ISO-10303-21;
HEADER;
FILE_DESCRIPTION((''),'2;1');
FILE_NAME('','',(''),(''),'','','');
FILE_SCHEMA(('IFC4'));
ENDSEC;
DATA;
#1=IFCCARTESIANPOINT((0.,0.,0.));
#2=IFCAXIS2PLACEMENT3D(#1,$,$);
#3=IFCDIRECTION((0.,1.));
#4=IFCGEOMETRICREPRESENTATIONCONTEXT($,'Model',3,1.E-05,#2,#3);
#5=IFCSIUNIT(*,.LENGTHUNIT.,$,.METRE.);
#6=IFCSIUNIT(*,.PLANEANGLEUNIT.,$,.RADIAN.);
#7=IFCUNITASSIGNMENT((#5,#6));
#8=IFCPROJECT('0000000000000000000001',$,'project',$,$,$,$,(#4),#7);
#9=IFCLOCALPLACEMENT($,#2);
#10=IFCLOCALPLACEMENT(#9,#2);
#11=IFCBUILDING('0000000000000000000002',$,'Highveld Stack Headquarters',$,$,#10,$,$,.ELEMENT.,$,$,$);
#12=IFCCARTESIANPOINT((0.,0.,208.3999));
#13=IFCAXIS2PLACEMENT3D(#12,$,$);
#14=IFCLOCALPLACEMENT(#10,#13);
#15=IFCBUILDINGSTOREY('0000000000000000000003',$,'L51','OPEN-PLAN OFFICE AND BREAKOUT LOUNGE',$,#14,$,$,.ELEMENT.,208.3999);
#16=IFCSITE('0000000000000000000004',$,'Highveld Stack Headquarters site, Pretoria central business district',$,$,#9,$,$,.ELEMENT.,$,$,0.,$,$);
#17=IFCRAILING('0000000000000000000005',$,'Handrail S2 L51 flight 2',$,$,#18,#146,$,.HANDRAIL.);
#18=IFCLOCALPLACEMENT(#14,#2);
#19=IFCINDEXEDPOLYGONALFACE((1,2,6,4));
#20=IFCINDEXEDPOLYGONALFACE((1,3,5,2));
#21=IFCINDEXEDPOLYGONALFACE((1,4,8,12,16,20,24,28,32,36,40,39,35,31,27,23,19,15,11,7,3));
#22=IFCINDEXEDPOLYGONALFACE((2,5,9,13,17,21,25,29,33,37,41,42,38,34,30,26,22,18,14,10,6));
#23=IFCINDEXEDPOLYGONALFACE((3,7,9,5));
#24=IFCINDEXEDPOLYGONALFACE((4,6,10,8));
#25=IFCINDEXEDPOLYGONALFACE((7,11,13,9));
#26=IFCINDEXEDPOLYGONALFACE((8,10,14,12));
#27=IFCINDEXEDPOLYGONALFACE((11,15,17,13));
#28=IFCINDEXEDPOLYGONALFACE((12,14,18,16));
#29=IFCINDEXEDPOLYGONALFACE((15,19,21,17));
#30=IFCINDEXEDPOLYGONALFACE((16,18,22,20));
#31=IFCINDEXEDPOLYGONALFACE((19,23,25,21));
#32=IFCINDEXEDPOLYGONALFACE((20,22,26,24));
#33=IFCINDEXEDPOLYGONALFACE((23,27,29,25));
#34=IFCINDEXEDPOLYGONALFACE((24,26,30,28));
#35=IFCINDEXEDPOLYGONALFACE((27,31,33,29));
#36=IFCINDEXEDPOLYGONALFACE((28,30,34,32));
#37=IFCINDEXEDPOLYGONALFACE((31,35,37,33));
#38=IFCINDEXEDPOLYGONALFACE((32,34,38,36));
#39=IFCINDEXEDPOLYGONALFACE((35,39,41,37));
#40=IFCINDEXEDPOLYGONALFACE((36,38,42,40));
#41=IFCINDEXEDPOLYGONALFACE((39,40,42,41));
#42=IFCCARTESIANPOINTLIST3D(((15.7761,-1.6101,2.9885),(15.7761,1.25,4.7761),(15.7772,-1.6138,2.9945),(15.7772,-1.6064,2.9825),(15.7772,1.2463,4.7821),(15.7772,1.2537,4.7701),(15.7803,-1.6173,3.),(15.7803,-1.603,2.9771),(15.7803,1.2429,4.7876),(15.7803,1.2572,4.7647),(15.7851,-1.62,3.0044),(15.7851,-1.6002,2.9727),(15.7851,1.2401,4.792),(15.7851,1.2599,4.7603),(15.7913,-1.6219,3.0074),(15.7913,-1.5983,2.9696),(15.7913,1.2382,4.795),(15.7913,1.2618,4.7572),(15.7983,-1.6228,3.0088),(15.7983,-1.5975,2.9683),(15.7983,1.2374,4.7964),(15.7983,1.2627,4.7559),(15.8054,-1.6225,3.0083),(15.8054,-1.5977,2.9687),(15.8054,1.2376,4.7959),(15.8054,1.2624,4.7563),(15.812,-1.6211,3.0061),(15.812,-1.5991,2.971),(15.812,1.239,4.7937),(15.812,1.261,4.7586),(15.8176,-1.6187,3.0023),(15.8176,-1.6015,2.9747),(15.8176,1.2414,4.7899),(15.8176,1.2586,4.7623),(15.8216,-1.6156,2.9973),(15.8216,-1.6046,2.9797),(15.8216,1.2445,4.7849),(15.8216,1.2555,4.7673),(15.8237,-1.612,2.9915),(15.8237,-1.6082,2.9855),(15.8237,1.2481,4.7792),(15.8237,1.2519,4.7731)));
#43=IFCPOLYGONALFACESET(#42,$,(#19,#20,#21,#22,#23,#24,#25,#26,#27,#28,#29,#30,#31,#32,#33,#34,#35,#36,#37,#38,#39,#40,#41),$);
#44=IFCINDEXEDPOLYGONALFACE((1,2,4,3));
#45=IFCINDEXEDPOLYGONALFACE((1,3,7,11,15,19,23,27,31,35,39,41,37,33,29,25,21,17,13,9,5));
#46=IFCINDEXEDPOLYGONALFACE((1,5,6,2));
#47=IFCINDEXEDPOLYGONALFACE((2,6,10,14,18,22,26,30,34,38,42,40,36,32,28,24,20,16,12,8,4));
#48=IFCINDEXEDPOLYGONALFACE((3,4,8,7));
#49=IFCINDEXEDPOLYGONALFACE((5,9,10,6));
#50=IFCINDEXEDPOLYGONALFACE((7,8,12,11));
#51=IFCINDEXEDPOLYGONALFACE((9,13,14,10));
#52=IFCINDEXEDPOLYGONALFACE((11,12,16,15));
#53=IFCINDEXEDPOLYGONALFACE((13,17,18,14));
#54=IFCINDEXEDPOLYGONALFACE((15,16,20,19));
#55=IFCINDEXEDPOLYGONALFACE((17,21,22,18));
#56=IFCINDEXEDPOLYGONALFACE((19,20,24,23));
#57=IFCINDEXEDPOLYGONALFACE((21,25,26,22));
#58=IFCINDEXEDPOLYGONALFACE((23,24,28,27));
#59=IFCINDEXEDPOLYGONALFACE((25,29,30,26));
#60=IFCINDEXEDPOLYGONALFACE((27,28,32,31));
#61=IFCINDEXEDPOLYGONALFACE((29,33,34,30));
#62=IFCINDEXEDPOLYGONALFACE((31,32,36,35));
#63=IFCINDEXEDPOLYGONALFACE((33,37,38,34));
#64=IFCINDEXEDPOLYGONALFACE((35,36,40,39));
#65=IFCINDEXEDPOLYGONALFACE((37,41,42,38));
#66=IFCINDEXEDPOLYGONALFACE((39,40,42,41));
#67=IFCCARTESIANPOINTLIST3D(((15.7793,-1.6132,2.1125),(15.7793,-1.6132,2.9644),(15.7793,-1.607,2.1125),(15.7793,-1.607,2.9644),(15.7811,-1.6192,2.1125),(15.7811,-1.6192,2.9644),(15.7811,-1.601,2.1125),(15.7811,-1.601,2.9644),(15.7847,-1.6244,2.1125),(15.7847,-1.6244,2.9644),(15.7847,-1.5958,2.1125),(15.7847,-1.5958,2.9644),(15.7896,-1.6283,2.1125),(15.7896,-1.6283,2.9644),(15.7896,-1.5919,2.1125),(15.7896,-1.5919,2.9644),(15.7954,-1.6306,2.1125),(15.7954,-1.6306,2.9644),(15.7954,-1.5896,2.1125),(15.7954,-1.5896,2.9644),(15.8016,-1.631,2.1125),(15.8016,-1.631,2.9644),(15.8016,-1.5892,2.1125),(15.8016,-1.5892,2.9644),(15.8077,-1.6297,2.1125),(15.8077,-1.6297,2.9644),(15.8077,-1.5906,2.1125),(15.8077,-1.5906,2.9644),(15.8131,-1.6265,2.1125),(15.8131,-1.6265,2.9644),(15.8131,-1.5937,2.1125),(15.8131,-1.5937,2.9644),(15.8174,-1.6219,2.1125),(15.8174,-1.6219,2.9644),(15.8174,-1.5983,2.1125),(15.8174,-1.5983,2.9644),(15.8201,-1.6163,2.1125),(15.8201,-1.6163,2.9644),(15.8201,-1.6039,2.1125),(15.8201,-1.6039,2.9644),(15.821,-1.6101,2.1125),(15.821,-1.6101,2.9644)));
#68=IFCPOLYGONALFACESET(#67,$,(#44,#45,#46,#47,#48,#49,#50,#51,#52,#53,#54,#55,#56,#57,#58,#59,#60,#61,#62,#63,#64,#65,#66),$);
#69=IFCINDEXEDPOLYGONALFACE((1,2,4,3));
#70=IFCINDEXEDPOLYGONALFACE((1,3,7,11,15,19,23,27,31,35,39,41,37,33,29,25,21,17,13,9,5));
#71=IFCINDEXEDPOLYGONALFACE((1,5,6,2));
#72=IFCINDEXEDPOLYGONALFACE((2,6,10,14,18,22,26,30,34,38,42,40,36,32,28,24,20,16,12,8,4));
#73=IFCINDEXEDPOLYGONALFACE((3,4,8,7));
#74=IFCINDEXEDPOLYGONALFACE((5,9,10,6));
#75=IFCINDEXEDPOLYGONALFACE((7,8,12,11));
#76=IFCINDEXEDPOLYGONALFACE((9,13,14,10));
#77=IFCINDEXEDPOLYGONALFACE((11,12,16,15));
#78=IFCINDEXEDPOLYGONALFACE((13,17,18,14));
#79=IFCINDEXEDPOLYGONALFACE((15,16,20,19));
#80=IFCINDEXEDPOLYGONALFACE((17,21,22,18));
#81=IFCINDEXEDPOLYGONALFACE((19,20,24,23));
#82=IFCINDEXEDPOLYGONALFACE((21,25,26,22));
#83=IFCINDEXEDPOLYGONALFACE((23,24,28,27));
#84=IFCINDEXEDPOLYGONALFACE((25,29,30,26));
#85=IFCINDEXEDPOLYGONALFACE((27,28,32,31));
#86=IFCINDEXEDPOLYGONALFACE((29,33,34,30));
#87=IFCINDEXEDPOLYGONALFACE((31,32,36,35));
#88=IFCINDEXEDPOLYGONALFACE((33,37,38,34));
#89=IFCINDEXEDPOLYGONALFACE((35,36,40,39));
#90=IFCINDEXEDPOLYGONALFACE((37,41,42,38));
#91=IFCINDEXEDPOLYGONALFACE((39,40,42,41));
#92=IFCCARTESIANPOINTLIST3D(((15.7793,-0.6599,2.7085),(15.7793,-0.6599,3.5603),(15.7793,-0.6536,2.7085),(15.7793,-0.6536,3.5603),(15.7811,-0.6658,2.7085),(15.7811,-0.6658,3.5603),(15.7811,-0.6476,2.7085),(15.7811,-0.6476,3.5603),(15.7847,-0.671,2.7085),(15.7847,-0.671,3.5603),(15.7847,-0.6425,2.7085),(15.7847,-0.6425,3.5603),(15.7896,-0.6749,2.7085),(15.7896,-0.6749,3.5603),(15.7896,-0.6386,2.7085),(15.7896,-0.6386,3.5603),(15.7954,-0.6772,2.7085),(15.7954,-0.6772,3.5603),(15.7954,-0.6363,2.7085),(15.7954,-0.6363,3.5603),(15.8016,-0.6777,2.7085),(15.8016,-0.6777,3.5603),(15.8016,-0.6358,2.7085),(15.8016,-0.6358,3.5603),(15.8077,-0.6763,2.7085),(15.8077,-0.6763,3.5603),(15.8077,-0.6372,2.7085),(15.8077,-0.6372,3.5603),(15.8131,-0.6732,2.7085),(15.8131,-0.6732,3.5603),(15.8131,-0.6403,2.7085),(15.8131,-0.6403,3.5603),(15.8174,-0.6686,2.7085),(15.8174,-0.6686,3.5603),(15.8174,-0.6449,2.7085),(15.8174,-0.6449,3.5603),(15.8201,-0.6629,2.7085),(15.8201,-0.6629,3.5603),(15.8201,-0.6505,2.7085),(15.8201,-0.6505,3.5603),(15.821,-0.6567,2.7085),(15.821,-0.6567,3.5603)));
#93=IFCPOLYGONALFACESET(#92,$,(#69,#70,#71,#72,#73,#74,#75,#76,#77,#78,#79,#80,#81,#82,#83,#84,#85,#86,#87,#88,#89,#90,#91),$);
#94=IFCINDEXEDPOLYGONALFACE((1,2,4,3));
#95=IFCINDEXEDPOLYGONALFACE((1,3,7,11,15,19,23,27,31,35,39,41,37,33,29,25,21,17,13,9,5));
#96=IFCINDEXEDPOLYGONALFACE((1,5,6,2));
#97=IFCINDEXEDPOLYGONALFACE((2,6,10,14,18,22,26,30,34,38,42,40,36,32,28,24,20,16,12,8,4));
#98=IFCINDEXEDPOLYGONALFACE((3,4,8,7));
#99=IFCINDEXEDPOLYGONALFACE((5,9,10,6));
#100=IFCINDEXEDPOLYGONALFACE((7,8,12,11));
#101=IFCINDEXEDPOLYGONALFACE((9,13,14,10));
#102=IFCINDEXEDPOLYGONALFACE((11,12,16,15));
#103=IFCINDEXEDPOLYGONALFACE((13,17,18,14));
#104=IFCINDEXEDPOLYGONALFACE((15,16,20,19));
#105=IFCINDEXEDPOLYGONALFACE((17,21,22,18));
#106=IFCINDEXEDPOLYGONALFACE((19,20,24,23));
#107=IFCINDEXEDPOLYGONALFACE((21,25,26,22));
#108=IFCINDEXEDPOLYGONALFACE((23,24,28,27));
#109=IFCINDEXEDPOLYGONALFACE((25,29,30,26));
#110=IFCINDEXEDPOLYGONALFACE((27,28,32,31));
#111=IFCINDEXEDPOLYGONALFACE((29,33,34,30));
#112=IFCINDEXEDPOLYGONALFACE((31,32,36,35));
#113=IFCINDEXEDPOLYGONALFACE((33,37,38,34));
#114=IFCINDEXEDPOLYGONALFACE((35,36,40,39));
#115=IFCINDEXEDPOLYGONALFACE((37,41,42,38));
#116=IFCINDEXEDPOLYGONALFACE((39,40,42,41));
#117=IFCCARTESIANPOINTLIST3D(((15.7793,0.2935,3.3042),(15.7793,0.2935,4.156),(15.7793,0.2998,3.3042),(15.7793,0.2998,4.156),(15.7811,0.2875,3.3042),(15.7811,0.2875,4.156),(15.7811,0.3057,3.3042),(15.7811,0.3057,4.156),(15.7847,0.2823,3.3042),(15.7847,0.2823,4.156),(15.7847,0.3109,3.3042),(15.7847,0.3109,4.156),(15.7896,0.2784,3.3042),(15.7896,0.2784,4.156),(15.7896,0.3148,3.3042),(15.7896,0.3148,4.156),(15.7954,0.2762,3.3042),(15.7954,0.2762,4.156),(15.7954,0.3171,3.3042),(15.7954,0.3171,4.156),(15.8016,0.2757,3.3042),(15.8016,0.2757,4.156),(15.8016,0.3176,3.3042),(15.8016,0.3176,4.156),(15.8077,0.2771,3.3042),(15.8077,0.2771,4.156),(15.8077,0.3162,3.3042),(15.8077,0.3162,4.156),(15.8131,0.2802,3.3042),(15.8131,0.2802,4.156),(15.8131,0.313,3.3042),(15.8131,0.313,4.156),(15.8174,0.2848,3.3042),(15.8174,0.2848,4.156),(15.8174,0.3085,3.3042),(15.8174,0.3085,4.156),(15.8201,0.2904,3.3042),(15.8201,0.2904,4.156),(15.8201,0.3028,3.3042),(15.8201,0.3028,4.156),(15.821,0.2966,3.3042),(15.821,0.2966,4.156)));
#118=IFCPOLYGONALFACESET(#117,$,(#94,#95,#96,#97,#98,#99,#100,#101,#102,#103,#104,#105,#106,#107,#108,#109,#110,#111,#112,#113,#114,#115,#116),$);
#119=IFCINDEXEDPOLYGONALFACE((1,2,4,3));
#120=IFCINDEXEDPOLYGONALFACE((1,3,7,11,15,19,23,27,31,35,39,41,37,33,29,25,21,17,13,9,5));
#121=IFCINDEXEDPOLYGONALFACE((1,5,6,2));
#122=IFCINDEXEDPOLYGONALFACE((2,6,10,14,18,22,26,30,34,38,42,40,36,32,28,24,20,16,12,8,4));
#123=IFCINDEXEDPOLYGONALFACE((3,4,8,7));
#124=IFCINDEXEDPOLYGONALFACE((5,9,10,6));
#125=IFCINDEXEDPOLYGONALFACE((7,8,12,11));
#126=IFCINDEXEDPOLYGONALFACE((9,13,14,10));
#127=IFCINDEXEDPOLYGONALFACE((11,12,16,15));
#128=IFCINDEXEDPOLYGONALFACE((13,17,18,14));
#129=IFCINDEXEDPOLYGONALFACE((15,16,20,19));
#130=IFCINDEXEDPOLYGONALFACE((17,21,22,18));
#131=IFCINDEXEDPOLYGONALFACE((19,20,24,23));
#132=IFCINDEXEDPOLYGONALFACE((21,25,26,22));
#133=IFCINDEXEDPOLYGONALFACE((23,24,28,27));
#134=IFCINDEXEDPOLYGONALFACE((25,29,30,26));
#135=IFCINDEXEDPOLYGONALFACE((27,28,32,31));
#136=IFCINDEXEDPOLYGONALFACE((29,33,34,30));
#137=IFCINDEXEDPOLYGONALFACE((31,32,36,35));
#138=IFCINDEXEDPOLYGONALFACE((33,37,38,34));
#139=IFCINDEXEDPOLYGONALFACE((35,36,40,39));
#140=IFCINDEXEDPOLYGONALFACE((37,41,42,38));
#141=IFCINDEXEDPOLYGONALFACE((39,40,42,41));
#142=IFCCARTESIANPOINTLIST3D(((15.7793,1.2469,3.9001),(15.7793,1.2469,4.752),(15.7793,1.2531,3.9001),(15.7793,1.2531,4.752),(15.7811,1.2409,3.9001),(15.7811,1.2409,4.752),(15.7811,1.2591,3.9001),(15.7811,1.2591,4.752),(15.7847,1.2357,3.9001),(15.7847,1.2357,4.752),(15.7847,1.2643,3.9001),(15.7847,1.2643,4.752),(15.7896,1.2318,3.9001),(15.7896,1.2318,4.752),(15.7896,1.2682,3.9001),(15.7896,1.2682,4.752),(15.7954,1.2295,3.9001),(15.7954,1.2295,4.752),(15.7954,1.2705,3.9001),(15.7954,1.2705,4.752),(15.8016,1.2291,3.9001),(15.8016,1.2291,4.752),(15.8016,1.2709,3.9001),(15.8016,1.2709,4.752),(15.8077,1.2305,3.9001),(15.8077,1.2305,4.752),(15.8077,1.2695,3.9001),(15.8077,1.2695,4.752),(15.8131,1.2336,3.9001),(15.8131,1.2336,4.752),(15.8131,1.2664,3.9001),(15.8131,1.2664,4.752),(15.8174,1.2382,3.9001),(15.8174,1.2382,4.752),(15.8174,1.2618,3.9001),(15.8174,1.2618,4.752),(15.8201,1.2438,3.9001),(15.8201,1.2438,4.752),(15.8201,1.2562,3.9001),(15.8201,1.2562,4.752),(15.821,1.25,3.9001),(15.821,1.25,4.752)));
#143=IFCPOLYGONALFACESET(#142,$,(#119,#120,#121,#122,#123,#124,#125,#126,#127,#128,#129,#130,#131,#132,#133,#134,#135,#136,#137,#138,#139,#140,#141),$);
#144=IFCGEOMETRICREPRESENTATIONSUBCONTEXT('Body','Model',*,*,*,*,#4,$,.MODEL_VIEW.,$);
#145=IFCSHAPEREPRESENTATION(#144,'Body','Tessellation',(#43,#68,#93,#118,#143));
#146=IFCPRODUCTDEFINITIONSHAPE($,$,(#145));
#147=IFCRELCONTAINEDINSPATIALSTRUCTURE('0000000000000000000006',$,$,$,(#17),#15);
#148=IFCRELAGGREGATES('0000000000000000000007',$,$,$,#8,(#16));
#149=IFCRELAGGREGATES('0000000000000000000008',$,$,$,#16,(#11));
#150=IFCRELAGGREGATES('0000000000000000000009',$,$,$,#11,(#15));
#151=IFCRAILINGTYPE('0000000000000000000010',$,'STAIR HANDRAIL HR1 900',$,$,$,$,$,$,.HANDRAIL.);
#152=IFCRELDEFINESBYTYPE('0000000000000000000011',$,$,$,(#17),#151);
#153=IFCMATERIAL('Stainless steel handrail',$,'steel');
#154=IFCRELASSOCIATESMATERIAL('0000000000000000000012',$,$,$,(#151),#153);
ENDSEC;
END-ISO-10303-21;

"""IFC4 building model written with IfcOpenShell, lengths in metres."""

from ifc_helpers import new_model, si_unit, direction, frame, origin, origin_2d, place, context, subcontext, project, spatial, circle, extrude, material, type_object, element, save


model = new_model("IFC4")

# Units and contexts
model_context = context("Model", 3, precision=1e-05, world=origin(), true_north=direction((0.0, 1.0)))
body_context = subcontext(model_context, "Body", "Model", "MODEL_VIEW")
ifc_project = project(units=[si_unit("LENGTHUNIT", "METRE"), si_unit("PLANEANGLEUNIT", "RADIAN")], contexts=[model_context])

# Site, building, storey
site_placement = place(None, origin())
site = spatial("IfcSite", under=ifc_project, at=site_placement, Name="Highveld Stack Headquarters site, Pretoria central business district", CompositionType="ELEMENT", RefElevation=0.0)
building_placement = place(site_placement, origin())
building = spatial("IfcBuilding", under=site, at=building_placement, Name="Highveld Stack Headquarters", CompositionType="ELEMENT")
storey_placement = place(building_placement, frame((0.0, 0.0, 208.3999)))
storey = spatial("IfcBuildingStorey", under=building, at=storey_placement, Name="L51", Description="OPEN-PLAN OFFICE AND BREAKOUT LOUNGE", CompositionType="ELEMENT", Elevation=208.3999)

# Railing
ifc_material_1 = material(Name="Stainless steel handrail", Category="steel")
railing_type = type_object("IfcRailingType", Name="STAIR HANDRAIL HR1 900", PredefinedType="HANDRAIL", material=ifc_material_1)
for number, where, name in (
    (1, (15.8, -1.6101, 2.1125), "Handrail S2 L51 flight 2"),
):
    element("IfcRailing", number, at=place(storey_placement, frame(where)), inside=storey, type_object=railing_type, Name=name, PredefinedType="HANDRAIL", context=body_context, shape_type="SweptSolid", body=[
        extrude(circle(Radius=0.0239, at=origin_2d()), frame((0.0, 0.0, 0.876), z_axis=(0.0, 0.847994, 0.530005), x_axis=(-1.0, 0.0, 0.0)), (0.0, 0.0, 1.0), 3.3728),
        extrude(circle(Radius=0.021, at=origin_2d()), origin(), (0.0, 0.0, 1.0), 0.8518),
        extrude(circle(Radius=0.021, at=origin_2d()), frame((0.0, 0.9534, 0.5959)), (0.0, 0.0, 1.0), 0.8518),
        extrude(circle(Radius=0.021, at=origin_2d()), frame((0.0, 1.9067, 1.1917)), (0.0, 0.0, 1.0), 0.8518),
        extrude(circle(Radius=0.021, at=origin_2d()), frame((0.0, 2.8601, 1.7876)), (0.0, 0.0, 1.0), 0.8518),
    ])

save(model, "model.ifc")
